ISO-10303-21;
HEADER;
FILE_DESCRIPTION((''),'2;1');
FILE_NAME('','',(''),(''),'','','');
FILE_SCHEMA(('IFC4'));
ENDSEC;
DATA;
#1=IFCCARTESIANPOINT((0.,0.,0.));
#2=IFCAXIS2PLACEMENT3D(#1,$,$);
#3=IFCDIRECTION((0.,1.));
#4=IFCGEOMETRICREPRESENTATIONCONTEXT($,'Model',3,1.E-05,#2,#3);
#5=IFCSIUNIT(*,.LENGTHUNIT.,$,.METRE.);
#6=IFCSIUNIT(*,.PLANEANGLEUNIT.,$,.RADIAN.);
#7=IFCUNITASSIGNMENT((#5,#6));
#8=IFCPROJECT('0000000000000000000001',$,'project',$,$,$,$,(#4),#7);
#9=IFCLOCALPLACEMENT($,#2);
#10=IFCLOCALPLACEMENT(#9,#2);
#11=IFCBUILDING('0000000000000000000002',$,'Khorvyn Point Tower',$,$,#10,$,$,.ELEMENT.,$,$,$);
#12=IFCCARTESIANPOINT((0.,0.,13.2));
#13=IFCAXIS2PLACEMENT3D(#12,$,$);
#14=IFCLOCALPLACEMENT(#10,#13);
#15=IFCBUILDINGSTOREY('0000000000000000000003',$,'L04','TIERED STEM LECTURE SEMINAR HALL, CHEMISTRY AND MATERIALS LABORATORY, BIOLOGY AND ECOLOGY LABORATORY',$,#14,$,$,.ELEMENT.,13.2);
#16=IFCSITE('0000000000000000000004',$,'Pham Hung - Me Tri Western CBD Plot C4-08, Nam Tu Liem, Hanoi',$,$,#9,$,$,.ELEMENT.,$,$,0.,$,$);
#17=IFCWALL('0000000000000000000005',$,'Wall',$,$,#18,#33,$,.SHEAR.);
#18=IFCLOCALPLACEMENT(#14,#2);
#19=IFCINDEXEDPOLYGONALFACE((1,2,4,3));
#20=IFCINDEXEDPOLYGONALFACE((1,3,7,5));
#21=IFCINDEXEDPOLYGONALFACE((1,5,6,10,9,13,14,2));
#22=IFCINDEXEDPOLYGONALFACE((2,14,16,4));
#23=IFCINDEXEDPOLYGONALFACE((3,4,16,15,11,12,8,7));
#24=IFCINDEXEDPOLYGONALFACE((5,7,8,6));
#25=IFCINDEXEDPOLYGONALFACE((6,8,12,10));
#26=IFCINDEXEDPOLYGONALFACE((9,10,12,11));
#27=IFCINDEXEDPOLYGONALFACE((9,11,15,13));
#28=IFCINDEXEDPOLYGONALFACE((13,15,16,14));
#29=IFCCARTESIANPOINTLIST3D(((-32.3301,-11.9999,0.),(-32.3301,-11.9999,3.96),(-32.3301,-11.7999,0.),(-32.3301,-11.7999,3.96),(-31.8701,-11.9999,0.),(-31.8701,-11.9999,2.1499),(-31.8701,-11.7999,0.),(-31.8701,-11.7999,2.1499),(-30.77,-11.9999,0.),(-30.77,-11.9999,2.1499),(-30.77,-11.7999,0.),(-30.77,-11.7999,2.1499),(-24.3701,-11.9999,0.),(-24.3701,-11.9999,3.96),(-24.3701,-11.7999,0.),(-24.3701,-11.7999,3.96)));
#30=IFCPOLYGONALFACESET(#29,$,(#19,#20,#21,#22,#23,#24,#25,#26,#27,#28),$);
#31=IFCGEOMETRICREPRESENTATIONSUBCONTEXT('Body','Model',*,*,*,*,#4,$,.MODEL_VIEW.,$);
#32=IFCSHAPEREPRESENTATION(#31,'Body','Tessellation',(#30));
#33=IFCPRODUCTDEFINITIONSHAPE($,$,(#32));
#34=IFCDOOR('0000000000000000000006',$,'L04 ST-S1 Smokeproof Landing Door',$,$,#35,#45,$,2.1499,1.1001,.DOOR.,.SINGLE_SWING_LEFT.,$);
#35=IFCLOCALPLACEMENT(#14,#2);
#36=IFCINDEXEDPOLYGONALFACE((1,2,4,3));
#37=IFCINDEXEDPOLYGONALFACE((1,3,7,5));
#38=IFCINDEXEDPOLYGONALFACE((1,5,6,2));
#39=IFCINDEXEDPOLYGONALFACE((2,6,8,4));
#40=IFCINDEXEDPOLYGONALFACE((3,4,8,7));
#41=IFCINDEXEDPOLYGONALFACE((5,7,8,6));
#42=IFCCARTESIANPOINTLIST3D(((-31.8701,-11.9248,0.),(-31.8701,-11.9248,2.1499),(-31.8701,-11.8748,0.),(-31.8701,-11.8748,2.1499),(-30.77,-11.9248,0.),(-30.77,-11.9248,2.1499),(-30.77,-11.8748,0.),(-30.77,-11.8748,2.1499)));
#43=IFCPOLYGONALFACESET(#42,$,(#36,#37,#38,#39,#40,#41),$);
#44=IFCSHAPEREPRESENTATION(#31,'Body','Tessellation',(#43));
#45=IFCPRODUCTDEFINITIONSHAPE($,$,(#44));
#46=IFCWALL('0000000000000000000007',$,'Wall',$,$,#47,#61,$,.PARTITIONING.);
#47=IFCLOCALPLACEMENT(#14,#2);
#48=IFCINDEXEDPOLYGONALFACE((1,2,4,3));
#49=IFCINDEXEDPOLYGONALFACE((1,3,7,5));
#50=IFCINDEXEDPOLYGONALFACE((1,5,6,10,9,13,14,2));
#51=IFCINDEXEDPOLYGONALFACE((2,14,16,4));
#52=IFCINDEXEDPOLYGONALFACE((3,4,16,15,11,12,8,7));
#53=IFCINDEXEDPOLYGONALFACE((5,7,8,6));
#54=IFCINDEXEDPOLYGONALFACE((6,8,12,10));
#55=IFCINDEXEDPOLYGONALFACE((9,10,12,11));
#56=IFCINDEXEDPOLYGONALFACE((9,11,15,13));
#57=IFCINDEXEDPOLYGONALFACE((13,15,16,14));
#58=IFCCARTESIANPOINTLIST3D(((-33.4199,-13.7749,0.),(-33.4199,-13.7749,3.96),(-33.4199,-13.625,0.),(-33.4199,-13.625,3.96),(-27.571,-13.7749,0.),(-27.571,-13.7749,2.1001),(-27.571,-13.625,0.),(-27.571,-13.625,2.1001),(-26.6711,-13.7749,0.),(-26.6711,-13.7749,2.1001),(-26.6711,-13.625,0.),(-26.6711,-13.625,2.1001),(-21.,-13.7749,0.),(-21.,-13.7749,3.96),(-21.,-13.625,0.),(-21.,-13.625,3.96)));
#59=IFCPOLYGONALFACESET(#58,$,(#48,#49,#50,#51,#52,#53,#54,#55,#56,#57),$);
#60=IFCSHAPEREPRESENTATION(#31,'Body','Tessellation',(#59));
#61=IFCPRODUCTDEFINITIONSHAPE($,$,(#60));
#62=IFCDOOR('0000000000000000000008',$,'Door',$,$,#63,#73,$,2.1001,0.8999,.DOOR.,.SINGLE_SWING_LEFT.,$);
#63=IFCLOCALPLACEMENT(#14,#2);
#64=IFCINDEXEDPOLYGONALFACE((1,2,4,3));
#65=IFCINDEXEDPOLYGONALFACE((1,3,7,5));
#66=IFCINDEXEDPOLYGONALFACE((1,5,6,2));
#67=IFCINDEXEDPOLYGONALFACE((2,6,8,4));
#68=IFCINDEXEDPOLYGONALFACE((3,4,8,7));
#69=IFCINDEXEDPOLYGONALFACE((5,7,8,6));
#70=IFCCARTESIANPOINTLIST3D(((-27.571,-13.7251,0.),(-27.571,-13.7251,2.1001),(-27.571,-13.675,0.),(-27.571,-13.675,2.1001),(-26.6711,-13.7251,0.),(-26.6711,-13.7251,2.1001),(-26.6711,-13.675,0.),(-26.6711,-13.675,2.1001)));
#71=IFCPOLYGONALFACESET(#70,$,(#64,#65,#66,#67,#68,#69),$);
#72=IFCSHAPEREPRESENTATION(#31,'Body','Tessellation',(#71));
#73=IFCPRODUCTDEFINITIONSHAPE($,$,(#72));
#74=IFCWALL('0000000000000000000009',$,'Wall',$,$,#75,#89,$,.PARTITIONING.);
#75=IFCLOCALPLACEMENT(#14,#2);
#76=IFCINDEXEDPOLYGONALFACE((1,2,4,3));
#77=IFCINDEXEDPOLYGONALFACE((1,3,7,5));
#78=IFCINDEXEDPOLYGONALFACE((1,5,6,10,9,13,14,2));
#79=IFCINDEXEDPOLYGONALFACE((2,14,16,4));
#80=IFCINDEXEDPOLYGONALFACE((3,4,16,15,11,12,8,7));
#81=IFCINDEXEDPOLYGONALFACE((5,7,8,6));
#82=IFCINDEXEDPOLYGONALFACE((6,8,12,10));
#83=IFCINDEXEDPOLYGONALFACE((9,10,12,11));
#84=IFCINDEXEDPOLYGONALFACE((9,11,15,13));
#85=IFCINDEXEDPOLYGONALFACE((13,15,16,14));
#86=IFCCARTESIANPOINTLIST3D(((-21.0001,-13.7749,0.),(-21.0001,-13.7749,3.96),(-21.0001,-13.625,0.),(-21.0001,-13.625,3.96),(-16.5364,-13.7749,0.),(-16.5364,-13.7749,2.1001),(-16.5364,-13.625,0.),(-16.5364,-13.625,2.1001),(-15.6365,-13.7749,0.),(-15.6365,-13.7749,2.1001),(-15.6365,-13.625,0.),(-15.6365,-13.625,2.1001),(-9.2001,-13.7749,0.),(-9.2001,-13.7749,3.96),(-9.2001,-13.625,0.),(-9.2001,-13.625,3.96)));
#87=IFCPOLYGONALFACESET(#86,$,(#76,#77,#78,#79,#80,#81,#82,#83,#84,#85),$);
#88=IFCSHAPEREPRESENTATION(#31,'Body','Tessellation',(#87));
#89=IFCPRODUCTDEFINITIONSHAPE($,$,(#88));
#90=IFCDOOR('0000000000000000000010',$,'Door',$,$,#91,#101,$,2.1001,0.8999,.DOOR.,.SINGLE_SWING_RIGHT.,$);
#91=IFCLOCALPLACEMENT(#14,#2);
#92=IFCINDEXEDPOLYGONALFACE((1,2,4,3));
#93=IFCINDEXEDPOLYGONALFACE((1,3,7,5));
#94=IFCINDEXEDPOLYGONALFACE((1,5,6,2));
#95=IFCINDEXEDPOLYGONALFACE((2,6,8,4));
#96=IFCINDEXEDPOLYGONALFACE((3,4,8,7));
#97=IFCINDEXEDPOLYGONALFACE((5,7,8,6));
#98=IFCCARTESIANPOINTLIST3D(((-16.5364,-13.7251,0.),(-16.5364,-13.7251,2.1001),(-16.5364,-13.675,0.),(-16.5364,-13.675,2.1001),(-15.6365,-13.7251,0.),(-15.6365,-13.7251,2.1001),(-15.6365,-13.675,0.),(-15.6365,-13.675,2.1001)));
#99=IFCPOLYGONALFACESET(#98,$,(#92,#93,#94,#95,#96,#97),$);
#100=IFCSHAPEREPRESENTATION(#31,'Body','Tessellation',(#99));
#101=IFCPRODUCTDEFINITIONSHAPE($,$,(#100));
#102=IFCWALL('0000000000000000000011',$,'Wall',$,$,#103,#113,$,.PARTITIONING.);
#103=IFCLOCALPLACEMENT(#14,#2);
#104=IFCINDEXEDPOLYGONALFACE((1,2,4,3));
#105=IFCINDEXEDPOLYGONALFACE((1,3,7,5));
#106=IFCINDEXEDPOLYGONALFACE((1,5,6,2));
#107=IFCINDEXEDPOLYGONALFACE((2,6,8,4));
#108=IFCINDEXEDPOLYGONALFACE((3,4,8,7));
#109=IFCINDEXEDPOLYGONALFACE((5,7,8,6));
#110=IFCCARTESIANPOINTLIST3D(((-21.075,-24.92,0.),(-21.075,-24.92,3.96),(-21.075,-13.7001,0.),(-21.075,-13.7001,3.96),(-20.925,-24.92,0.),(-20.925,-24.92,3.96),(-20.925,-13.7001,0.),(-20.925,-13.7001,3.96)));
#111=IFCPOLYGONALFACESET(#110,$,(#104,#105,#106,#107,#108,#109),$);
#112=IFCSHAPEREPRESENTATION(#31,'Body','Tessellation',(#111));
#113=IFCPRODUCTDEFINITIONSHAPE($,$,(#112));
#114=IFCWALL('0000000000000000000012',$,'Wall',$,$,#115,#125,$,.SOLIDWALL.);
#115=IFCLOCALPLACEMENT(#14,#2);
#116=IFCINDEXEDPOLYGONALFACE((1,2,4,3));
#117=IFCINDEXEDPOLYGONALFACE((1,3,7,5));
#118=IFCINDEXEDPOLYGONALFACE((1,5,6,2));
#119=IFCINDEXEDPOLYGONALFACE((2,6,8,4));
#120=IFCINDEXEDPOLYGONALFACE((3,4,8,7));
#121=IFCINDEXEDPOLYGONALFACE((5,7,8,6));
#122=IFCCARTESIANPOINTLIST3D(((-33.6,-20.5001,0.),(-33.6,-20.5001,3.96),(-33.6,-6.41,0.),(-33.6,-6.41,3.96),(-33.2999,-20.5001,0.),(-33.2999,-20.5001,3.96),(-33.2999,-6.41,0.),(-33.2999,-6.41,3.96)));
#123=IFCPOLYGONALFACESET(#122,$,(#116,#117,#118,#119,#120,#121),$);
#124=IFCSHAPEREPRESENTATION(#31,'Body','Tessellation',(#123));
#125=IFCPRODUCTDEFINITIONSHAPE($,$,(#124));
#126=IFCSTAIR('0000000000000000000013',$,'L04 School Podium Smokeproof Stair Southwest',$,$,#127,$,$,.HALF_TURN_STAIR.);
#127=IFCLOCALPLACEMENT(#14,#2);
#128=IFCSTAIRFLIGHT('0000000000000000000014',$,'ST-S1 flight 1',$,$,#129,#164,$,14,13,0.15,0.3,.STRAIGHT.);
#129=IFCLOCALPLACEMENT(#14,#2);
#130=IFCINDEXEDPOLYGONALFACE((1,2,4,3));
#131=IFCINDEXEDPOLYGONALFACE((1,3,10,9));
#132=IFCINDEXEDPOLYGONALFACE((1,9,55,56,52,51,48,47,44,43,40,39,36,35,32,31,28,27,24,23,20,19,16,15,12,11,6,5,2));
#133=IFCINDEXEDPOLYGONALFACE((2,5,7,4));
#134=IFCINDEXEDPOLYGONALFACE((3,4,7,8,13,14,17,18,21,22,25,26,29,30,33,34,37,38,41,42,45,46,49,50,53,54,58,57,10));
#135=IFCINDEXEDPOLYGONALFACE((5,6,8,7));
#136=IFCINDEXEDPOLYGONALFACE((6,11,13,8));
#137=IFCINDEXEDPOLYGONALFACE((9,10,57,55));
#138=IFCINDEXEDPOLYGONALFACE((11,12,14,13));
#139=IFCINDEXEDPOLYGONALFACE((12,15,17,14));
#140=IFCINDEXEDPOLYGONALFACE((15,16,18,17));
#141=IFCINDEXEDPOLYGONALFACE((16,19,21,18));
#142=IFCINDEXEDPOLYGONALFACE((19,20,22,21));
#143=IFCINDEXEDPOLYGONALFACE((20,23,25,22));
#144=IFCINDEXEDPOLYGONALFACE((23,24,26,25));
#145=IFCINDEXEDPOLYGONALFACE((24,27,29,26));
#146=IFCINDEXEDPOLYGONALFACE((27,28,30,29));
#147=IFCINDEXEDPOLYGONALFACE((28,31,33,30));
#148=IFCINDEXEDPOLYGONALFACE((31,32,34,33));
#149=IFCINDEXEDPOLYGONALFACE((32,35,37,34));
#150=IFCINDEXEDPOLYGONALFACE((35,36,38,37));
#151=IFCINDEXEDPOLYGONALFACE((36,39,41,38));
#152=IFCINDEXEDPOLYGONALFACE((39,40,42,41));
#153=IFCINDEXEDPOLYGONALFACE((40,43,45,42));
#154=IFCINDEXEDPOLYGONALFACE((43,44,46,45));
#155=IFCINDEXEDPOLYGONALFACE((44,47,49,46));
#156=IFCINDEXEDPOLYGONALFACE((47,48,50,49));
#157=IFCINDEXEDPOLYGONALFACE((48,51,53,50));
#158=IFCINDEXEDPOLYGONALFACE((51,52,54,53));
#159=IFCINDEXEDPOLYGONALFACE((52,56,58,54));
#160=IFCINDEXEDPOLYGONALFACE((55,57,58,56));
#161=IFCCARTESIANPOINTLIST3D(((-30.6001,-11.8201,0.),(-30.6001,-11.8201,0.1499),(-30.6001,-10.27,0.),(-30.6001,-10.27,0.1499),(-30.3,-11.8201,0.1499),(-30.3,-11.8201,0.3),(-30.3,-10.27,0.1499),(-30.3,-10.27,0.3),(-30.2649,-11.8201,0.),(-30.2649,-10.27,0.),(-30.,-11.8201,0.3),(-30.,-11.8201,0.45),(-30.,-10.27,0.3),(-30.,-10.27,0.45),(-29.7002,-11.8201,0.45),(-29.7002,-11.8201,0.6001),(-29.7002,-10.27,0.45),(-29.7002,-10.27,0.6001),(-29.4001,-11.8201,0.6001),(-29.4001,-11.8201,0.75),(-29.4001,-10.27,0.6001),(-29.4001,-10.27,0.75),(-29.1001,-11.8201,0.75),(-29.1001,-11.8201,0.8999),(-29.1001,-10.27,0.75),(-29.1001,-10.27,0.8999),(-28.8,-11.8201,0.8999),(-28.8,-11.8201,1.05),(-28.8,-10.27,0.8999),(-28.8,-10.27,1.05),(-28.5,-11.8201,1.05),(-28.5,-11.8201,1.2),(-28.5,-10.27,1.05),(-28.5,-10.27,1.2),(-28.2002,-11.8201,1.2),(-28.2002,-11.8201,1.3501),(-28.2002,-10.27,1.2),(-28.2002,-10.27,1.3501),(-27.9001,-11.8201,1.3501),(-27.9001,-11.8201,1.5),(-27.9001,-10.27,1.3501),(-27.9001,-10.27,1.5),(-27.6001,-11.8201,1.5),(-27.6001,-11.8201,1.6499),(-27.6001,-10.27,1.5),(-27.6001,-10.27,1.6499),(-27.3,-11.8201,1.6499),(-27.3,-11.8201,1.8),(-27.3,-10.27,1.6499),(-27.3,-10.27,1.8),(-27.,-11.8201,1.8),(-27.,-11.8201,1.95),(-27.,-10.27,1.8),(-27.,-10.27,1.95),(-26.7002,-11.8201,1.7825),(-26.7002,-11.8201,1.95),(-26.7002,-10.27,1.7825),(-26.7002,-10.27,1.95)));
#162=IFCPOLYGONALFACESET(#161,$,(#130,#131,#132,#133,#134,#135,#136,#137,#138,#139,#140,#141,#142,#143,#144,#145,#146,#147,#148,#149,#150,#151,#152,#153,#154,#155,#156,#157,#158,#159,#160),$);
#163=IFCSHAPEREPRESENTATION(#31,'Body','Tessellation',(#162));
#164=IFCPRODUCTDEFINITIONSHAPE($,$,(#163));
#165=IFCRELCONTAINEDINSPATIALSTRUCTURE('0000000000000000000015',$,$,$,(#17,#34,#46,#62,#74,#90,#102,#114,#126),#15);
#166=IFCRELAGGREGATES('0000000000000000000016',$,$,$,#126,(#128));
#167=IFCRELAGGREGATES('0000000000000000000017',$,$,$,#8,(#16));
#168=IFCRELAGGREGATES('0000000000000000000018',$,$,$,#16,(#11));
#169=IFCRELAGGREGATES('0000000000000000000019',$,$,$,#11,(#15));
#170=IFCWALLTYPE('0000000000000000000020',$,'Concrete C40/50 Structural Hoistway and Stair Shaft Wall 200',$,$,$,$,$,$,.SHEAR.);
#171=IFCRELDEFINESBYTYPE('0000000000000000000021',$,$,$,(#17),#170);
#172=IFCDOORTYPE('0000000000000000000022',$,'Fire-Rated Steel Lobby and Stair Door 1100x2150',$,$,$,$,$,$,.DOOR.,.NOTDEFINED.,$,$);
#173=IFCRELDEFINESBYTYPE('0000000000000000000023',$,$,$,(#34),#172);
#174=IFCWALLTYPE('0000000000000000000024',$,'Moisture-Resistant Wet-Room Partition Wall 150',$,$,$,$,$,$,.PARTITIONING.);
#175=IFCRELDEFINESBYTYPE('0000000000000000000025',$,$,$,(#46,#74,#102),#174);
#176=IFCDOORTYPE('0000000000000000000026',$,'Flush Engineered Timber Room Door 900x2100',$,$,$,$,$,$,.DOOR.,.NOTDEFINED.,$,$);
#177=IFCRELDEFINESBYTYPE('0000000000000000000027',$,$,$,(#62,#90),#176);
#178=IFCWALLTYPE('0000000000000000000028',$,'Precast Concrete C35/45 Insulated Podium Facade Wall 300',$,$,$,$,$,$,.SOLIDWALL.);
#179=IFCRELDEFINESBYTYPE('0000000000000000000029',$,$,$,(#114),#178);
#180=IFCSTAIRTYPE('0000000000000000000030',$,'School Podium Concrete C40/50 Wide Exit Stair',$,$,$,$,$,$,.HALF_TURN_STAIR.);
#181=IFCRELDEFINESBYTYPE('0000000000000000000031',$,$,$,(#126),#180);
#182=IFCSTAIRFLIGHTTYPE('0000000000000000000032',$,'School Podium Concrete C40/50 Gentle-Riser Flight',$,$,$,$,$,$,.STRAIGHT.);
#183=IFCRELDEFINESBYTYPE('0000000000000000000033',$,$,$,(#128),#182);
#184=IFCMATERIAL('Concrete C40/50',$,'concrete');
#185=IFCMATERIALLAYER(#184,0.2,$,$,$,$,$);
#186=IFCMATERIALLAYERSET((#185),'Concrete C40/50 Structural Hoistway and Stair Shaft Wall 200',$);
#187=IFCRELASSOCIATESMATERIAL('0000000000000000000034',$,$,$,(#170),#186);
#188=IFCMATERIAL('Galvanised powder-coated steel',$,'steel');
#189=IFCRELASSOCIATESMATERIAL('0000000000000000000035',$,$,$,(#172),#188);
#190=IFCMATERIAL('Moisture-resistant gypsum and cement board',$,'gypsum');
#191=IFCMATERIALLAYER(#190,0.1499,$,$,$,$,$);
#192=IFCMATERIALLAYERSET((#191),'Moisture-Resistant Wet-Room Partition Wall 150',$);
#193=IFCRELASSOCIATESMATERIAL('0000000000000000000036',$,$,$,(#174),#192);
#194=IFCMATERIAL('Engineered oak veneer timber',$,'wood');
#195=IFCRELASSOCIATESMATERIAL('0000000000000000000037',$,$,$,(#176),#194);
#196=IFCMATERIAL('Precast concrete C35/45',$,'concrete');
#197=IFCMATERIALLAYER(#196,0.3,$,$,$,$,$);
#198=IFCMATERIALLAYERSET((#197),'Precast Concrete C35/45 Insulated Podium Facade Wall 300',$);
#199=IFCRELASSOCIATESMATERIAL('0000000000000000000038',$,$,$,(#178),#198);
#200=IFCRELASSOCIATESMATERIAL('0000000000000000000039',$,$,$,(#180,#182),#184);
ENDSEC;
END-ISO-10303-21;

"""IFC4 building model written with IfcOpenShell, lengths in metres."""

from ifc_helpers import new_model, si_unit, direction, frame, frame_2d, origin, place, context, subcontext, project, spatial, polyline, rectangle, outline, extrude, material, layer, layer_set, type_object, element, fill, aggregate, save


model = new_model("IFC4")

# Units and contexts
model_context = context("Model", 3, precision=1e-05, world=origin(), true_north=direction((0.0, 1.0)))
body_context = subcontext(model_context, "Body", "Model", "MODEL_VIEW")
ifc_project = project(units=[si_unit("LENGTHUNIT", "METRE"), si_unit("PLANEANGLEUNIT", "RADIAN")], contexts=[model_context])

# Site, building, storey
site_placement = place(None, origin())
site = spatial("IfcSite", under=ifc_project, at=site_placement, Name="Pham Hung - Me Tri Western CBD Plot C4-08, Nam Tu Liem, Hanoi", CompositionType="ELEMENT", RefElevation=0.0)
building_placement = place(site_placement, origin())
building = spatial("IfcBuilding", under=site, at=building_placement, Name="Khorvyn Point Tower", CompositionType="ELEMENT")
storey_placement = place(building_placement, frame((0.0, 0.0, 13.2)))
storey = spatial("IfcBuildingStorey", under=building, at=storey_placement, Name="L04", Description="TIERED STEM LECTURE SEMINAR HALL, CHEMISTRY AND MATERIALS LABORATORY, BIOLOGY AND ECOLOGY LABORATORY", CompositionType="ELEMENT", Elevation=13.2)

# Shared definitions
ifc_material_1 = material(Name="Concrete C40/50", Category="concrete")

# Shared definitions
ifc_layer_1 = layer(ifc_material_1, 0.2)
ifc_layer_set_1 = layer_set([ifc_layer_1], Name="Concrete C40/50 Structural Hoistway and Stair Shaft Wall 200")
wall_type_1 = type_object("IfcWallType", Name="Concrete C40/50 Structural Hoistway and Stair Shaft Wall 200", PredefinedType="SHEAR", material=ifc_layer_set_1)

# Walls, openings, doors
wall_1_placement = place(storey_placement, frame((-24.3701, -11.8999, 0.0), z_axis=(0.0, 0.0, 1.0), x_axis=(-1.0, 0.0, 0.0)))
wall_1 = element("IfcWall", 1, at=wall_1_placement, inside=storey, type_object=wall_type_1, Name="Wall", PredefinedType="SHEAR", context=body_context, shape_type="SweptSolid", body=[
    extrude(rectangle(XDim=7.96, YDim=0.2, at=frame_2d((3.98, 0.0))), origin(), (0.0, 0.0, 1.0), 3.96),
])
opening_1_placement = place(wall_1_placement, frame((6.3999, 0.0, 0.0)))
opening_1 = element("IfcOpeningElement", 2, at=opening_1_placement, cuts=wall_1, PredefinedType="OPENING", context=body_context, shape_type="SweptSolid", body=[
    extrude(rectangle(XDim=1.1001, YDim=2.1499, at=frame_2d((0.55, 1.075))), frame((0.0, 0.1099, 0.0), z_axis=(0.0, -1.0, 0.0), x_axis=(1.0, 0.0, 0.0)), (0.0, 0.0, 1.0), 0.22),
])
ifc_material_2 = material(Name="Galvanised powder-coated steel", Category="steel")
door_type_1 = type_object("IfcDoorType", Name="Fire-Rated Steel Lobby and Stair Door 1100x2150", OperationType="NOTDEFINED", PredefinedType="DOOR", material=ifc_material_2)
door_1_placement = place(opening_1_placement, origin())
door_1 = element("IfcDoor", 3, at=door_1_placement, inside=storey, type_object=door_type_1, Name="L04 ST-S1 Smokeproof Landing Door", OperationType="SINGLE_SWING_LEFT", OverallHeight=2.1499, OverallWidth=1.1001, PredefinedType="DOOR", context=body_context, shape_type="SweptSolid", body=[
    extrude(rectangle(XDim=1.1001, YDim=2.1499, at=frame_2d((0.55, 1.075))), frame((0.0, 0.0249, 0.0), z_axis=(0.0, -1.0, 0.0), x_axis=(1.0, 0.0, 0.0)), (0.0, 0.0, 1.0), 0.05),
])
fill(opening_1, door_1)
ifc_material_3 = material(Name="Moisture-resistant gypsum and cement board", Category="gypsum")
ifc_layer_2 = layer(ifc_material_3, 0.1499)
ifc_layer_set_2 = layer_set([ifc_layer_2], Name="Moisture-Resistant Wet-Room Partition Wall 150")
wall_type_2 = type_object("IfcWallType", Name="Moisture-Resistant Wet-Room Partition Wall 150", PredefinedType="PARTITIONING", material=ifc_layer_set_2)
wall_2_placement = place(storey_placement, frame((-33.4199, -13.7, 0.0), z_axis=(0.0, 0.0, 1.0), x_axis=(1.0, 0.0, 0.0)))
wall_2 = element("IfcWall", 4, at=wall_2_placement, inside=storey, type_object=wall_type_2, Name="Wall", PredefinedType="PARTITIONING", context=body_context, shape_type="SweptSolid", body=[
    extrude(rectangle(XDim=12.4199, YDim=0.1499, at=frame_2d((6.21, 0.0))), origin(), (0.0, 0.0, 1.0), 3.96),
])
opening_2_placement = place(wall_2_placement, frame((5.8489, 0.0, 0.0)))
opening_2 = element("IfcOpeningElement", 5, at=opening_2_placement, cuts=wall_2, PredefinedType="OPENING", context=body_context, shape_type="SweptSolid", body=[
    extrude(rectangle(XDim=0.8999, YDim=2.1001, at=frame_2d((0.45, 1.05))), frame((0.0, 0.085, 0.0), z_axis=(0.0, -1.0, 0.0), x_axis=(1.0, 0.0, 0.0)), (0.0, 0.0, 1.0), 0.1699),
])
ifc_material_4 = material(Name="Engineered oak veneer timber", Category="wood")
door_type_2 = type_object("IfcDoorType", Name="Flush Engineered Timber Room Door 900x2100", OperationType="NOTDEFINED", PredefinedType="DOOR", material=ifc_material_4)
door_2_placement = place(opening_2_placement, origin())
door_2 = element("IfcDoor", 6, at=door_2_placement, inside=storey, type_object=door_type_2, Name="Door", OperationType="SINGLE_SWING_LEFT", OverallHeight=2.1001, OverallWidth=0.8999, PredefinedType="DOOR", context=body_context, shape_type="SweptSolid", body=[
    extrude(rectangle(XDim=0.8999, YDim=2.1001, at=frame_2d((0.45, 1.05))), frame((0.0, 0.0249, 0.0), z_axis=(0.0, -1.0, 0.0), x_axis=(1.0, 0.0, 0.0)), (0.0, 0.0, 1.0), 0.05),
])
fill(opening_2, door_2)
wall_3_placement = place(storey_placement, frame((-21.0, -13.7, 0.0), z_axis=(0.0, 0.0, 1.0), x_axis=(1.0, 0.0, 0.0)))
wall_3 = element("IfcWall", 7, at=wall_3_placement, inside=storey, type_object=wall_type_2, Name="Wall", PredefinedType="PARTITIONING", context=body_context, shape_type="SweptSolid", body=[
    extrude(rectangle(XDim=11.8, YDim=0.1499, at=frame_2d((5.8999, 0.0))), origin(), (0.0, 0.0, 1.0), 3.96),
])
opening_3_placement = place(wall_3_placement, frame((4.4636, 0.0, 0.0)))
opening_3 = element("IfcOpeningElement", 8, at=opening_3_placement, cuts=wall_3, PredefinedType="OPENING", context=body_context, shape_type="SweptSolid", body=[
    extrude(rectangle(XDim=0.8999, YDim=2.1001, at=frame_2d((0.45, 1.05))), frame((0.0, 0.085, 0.0), z_axis=(0.0, -1.0, 0.0), x_axis=(1.0, 0.0, 0.0)), (0.0, 0.0, 1.0), 0.1699),
])
door_3_placement = place(opening_3_placement, origin())
door_3 = element("IfcDoor", 9, at=door_3_placement, inside=storey, type_object=door_type_2, Name="Door", OperationType="SINGLE_SWING_RIGHT", OverallHeight=2.1001, OverallWidth=0.8999, PredefinedType="DOOR", context=body_context, shape_type="SweptSolid", body=[
    extrude(rectangle(XDim=0.8999, YDim=2.1001, at=frame_2d((0.45, 1.05))), frame((0.0, 0.0249, 0.0), z_axis=(0.0, -1.0, 0.0), x_axis=(1.0, 0.0, 0.0)), (0.0, 0.0, 1.0), 0.05),
])
fill(opening_3, door_3)

# Walls
wall_4_placement = place(storey_placement, frame((-21.0, -24.9199, 0.0), z_axis=(0.0, 0.0, 1.0), x_axis=(0.0, 1.0, 0.0)))
element("IfcWall", 10, at=wall_4_placement, inside=storey, type_object=wall_type_2, Name="Wall", PredefinedType="PARTITIONING", context=body_context, shape_type="SweptSolid", body=[
    extrude(rectangle(XDim=11.22, YDim=0.1499, at=frame_2d((5.6099, 0.0))), origin(), (0.0, 0.0, 1.0), 3.96),
])
ifc_material_5 = material(Name="Precast concrete C35/45", Category="concrete")
ifc_layer_3 = layer(ifc_material_5, 0.3)
ifc_layer_set_3 = layer_set([ifc_layer_3], Name="Precast Concrete C35/45 Insulated Podium Facade Wall 300")
wall_type_3 = type_object("IfcWallType", Name="Precast Concrete C35/45 Insulated Podium Facade Wall 300", PredefinedType="SOLIDWALL", material=ifc_layer_set_3)
wall_5_placement = place(storey_placement, frame((-33.45, -20.5, 0.0), z_axis=(0.0, 0.0, 1.0), x_axis=(0.0, 1.0, 0.0)))
element("IfcWall", 11, at=wall_5_placement, inside=storey, type_object=wall_type_3, Name="Wall", PredefinedType="SOLIDWALL", context=body_context, shape_type="SweptSolid", body=[
    extrude(rectangle(XDim=14.0901, YDim=0.3, at=frame_2d((7.0449, 0.0))), origin(), (0.0, 0.0, 1.0), 3.96),
])

# Stair, stair flight
stair_type = type_object("IfcStairType", Name="School Podium Concrete C40/50 Wide Exit Stair", PredefinedType="HALF_TURN_STAIR", material=ifc_material_1)
stair_placement = place(storey_placement, origin())
stair = element("IfcStair", 12, at=stair_placement, inside=storey, type_object=stair_type, Name="L04 School Podium Smokeproof Stair Southwest", PredefinedType="HALF_TURN_STAIR")
stair_flight_type = type_object("IfcStairFlightType", Name="School Podium Concrete C40/50 Gentle-Riser Flight", PredefinedType="STRAIGHT", material=ifc_material_1)
stair_flight_placement = place(storey_placement, frame((-30.6001, -11.0449, 0.0), z_axis=(0.0, 0.0, 1.0), x_axis=(1.0, 0.0, 0.0)))
stair_flight = element("IfcStairFlight", 13, at=stair_flight_placement, type_object=stair_flight_type, Name="ST-S1 flight 1", NumberOfRisers=14, NumberOfTreads=13, PredefinedType="STRAIGHT", RiserHeight=0.15, TreadLength=0.3, context=body_context, shape_type="SweptSolid", body=[
    extrude(outline(polyline([(0.0, 0.0), (0.0, 0.1499), (0.3, 0.1499), (0.3, 0.3), (0.6001, 0.3), (0.6001, 0.45), (0.8999, 0.45), (0.8999, 0.6001), (1.2, 0.6001), (1.2, 0.75), (1.5, 0.75), (1.5, 0.8999), (1.8, 0.8999), (1.8, 1.05), (2.1001, 1.05), (2.1001, 1.2), (2.3999, 1.2), (2.3999, 1.3501), (2.7, 1.3501), (2.7, 1.5), (3.0, 1.5), (3.0, 1.6499), (3.3, 1.6499), (3.3, 1.8), (3.6001, 1.8), (3.6001, 1.95), (3.8999, 1.95), (3.8999, 2.1001), (3.8999, 1.7825), (0.3352, 0.0), (0.0, 0.0)])), frame((0.0, 0.7749, 0.0), z_axis=(0.0, -1.0, 0.0), x_axis=(1.0, 0.0, 0.0)), (0.0, 0.0, 1.0), 1.55),
])
aggregate(stair, [stair_flight])

save(model, "model.ifc")
